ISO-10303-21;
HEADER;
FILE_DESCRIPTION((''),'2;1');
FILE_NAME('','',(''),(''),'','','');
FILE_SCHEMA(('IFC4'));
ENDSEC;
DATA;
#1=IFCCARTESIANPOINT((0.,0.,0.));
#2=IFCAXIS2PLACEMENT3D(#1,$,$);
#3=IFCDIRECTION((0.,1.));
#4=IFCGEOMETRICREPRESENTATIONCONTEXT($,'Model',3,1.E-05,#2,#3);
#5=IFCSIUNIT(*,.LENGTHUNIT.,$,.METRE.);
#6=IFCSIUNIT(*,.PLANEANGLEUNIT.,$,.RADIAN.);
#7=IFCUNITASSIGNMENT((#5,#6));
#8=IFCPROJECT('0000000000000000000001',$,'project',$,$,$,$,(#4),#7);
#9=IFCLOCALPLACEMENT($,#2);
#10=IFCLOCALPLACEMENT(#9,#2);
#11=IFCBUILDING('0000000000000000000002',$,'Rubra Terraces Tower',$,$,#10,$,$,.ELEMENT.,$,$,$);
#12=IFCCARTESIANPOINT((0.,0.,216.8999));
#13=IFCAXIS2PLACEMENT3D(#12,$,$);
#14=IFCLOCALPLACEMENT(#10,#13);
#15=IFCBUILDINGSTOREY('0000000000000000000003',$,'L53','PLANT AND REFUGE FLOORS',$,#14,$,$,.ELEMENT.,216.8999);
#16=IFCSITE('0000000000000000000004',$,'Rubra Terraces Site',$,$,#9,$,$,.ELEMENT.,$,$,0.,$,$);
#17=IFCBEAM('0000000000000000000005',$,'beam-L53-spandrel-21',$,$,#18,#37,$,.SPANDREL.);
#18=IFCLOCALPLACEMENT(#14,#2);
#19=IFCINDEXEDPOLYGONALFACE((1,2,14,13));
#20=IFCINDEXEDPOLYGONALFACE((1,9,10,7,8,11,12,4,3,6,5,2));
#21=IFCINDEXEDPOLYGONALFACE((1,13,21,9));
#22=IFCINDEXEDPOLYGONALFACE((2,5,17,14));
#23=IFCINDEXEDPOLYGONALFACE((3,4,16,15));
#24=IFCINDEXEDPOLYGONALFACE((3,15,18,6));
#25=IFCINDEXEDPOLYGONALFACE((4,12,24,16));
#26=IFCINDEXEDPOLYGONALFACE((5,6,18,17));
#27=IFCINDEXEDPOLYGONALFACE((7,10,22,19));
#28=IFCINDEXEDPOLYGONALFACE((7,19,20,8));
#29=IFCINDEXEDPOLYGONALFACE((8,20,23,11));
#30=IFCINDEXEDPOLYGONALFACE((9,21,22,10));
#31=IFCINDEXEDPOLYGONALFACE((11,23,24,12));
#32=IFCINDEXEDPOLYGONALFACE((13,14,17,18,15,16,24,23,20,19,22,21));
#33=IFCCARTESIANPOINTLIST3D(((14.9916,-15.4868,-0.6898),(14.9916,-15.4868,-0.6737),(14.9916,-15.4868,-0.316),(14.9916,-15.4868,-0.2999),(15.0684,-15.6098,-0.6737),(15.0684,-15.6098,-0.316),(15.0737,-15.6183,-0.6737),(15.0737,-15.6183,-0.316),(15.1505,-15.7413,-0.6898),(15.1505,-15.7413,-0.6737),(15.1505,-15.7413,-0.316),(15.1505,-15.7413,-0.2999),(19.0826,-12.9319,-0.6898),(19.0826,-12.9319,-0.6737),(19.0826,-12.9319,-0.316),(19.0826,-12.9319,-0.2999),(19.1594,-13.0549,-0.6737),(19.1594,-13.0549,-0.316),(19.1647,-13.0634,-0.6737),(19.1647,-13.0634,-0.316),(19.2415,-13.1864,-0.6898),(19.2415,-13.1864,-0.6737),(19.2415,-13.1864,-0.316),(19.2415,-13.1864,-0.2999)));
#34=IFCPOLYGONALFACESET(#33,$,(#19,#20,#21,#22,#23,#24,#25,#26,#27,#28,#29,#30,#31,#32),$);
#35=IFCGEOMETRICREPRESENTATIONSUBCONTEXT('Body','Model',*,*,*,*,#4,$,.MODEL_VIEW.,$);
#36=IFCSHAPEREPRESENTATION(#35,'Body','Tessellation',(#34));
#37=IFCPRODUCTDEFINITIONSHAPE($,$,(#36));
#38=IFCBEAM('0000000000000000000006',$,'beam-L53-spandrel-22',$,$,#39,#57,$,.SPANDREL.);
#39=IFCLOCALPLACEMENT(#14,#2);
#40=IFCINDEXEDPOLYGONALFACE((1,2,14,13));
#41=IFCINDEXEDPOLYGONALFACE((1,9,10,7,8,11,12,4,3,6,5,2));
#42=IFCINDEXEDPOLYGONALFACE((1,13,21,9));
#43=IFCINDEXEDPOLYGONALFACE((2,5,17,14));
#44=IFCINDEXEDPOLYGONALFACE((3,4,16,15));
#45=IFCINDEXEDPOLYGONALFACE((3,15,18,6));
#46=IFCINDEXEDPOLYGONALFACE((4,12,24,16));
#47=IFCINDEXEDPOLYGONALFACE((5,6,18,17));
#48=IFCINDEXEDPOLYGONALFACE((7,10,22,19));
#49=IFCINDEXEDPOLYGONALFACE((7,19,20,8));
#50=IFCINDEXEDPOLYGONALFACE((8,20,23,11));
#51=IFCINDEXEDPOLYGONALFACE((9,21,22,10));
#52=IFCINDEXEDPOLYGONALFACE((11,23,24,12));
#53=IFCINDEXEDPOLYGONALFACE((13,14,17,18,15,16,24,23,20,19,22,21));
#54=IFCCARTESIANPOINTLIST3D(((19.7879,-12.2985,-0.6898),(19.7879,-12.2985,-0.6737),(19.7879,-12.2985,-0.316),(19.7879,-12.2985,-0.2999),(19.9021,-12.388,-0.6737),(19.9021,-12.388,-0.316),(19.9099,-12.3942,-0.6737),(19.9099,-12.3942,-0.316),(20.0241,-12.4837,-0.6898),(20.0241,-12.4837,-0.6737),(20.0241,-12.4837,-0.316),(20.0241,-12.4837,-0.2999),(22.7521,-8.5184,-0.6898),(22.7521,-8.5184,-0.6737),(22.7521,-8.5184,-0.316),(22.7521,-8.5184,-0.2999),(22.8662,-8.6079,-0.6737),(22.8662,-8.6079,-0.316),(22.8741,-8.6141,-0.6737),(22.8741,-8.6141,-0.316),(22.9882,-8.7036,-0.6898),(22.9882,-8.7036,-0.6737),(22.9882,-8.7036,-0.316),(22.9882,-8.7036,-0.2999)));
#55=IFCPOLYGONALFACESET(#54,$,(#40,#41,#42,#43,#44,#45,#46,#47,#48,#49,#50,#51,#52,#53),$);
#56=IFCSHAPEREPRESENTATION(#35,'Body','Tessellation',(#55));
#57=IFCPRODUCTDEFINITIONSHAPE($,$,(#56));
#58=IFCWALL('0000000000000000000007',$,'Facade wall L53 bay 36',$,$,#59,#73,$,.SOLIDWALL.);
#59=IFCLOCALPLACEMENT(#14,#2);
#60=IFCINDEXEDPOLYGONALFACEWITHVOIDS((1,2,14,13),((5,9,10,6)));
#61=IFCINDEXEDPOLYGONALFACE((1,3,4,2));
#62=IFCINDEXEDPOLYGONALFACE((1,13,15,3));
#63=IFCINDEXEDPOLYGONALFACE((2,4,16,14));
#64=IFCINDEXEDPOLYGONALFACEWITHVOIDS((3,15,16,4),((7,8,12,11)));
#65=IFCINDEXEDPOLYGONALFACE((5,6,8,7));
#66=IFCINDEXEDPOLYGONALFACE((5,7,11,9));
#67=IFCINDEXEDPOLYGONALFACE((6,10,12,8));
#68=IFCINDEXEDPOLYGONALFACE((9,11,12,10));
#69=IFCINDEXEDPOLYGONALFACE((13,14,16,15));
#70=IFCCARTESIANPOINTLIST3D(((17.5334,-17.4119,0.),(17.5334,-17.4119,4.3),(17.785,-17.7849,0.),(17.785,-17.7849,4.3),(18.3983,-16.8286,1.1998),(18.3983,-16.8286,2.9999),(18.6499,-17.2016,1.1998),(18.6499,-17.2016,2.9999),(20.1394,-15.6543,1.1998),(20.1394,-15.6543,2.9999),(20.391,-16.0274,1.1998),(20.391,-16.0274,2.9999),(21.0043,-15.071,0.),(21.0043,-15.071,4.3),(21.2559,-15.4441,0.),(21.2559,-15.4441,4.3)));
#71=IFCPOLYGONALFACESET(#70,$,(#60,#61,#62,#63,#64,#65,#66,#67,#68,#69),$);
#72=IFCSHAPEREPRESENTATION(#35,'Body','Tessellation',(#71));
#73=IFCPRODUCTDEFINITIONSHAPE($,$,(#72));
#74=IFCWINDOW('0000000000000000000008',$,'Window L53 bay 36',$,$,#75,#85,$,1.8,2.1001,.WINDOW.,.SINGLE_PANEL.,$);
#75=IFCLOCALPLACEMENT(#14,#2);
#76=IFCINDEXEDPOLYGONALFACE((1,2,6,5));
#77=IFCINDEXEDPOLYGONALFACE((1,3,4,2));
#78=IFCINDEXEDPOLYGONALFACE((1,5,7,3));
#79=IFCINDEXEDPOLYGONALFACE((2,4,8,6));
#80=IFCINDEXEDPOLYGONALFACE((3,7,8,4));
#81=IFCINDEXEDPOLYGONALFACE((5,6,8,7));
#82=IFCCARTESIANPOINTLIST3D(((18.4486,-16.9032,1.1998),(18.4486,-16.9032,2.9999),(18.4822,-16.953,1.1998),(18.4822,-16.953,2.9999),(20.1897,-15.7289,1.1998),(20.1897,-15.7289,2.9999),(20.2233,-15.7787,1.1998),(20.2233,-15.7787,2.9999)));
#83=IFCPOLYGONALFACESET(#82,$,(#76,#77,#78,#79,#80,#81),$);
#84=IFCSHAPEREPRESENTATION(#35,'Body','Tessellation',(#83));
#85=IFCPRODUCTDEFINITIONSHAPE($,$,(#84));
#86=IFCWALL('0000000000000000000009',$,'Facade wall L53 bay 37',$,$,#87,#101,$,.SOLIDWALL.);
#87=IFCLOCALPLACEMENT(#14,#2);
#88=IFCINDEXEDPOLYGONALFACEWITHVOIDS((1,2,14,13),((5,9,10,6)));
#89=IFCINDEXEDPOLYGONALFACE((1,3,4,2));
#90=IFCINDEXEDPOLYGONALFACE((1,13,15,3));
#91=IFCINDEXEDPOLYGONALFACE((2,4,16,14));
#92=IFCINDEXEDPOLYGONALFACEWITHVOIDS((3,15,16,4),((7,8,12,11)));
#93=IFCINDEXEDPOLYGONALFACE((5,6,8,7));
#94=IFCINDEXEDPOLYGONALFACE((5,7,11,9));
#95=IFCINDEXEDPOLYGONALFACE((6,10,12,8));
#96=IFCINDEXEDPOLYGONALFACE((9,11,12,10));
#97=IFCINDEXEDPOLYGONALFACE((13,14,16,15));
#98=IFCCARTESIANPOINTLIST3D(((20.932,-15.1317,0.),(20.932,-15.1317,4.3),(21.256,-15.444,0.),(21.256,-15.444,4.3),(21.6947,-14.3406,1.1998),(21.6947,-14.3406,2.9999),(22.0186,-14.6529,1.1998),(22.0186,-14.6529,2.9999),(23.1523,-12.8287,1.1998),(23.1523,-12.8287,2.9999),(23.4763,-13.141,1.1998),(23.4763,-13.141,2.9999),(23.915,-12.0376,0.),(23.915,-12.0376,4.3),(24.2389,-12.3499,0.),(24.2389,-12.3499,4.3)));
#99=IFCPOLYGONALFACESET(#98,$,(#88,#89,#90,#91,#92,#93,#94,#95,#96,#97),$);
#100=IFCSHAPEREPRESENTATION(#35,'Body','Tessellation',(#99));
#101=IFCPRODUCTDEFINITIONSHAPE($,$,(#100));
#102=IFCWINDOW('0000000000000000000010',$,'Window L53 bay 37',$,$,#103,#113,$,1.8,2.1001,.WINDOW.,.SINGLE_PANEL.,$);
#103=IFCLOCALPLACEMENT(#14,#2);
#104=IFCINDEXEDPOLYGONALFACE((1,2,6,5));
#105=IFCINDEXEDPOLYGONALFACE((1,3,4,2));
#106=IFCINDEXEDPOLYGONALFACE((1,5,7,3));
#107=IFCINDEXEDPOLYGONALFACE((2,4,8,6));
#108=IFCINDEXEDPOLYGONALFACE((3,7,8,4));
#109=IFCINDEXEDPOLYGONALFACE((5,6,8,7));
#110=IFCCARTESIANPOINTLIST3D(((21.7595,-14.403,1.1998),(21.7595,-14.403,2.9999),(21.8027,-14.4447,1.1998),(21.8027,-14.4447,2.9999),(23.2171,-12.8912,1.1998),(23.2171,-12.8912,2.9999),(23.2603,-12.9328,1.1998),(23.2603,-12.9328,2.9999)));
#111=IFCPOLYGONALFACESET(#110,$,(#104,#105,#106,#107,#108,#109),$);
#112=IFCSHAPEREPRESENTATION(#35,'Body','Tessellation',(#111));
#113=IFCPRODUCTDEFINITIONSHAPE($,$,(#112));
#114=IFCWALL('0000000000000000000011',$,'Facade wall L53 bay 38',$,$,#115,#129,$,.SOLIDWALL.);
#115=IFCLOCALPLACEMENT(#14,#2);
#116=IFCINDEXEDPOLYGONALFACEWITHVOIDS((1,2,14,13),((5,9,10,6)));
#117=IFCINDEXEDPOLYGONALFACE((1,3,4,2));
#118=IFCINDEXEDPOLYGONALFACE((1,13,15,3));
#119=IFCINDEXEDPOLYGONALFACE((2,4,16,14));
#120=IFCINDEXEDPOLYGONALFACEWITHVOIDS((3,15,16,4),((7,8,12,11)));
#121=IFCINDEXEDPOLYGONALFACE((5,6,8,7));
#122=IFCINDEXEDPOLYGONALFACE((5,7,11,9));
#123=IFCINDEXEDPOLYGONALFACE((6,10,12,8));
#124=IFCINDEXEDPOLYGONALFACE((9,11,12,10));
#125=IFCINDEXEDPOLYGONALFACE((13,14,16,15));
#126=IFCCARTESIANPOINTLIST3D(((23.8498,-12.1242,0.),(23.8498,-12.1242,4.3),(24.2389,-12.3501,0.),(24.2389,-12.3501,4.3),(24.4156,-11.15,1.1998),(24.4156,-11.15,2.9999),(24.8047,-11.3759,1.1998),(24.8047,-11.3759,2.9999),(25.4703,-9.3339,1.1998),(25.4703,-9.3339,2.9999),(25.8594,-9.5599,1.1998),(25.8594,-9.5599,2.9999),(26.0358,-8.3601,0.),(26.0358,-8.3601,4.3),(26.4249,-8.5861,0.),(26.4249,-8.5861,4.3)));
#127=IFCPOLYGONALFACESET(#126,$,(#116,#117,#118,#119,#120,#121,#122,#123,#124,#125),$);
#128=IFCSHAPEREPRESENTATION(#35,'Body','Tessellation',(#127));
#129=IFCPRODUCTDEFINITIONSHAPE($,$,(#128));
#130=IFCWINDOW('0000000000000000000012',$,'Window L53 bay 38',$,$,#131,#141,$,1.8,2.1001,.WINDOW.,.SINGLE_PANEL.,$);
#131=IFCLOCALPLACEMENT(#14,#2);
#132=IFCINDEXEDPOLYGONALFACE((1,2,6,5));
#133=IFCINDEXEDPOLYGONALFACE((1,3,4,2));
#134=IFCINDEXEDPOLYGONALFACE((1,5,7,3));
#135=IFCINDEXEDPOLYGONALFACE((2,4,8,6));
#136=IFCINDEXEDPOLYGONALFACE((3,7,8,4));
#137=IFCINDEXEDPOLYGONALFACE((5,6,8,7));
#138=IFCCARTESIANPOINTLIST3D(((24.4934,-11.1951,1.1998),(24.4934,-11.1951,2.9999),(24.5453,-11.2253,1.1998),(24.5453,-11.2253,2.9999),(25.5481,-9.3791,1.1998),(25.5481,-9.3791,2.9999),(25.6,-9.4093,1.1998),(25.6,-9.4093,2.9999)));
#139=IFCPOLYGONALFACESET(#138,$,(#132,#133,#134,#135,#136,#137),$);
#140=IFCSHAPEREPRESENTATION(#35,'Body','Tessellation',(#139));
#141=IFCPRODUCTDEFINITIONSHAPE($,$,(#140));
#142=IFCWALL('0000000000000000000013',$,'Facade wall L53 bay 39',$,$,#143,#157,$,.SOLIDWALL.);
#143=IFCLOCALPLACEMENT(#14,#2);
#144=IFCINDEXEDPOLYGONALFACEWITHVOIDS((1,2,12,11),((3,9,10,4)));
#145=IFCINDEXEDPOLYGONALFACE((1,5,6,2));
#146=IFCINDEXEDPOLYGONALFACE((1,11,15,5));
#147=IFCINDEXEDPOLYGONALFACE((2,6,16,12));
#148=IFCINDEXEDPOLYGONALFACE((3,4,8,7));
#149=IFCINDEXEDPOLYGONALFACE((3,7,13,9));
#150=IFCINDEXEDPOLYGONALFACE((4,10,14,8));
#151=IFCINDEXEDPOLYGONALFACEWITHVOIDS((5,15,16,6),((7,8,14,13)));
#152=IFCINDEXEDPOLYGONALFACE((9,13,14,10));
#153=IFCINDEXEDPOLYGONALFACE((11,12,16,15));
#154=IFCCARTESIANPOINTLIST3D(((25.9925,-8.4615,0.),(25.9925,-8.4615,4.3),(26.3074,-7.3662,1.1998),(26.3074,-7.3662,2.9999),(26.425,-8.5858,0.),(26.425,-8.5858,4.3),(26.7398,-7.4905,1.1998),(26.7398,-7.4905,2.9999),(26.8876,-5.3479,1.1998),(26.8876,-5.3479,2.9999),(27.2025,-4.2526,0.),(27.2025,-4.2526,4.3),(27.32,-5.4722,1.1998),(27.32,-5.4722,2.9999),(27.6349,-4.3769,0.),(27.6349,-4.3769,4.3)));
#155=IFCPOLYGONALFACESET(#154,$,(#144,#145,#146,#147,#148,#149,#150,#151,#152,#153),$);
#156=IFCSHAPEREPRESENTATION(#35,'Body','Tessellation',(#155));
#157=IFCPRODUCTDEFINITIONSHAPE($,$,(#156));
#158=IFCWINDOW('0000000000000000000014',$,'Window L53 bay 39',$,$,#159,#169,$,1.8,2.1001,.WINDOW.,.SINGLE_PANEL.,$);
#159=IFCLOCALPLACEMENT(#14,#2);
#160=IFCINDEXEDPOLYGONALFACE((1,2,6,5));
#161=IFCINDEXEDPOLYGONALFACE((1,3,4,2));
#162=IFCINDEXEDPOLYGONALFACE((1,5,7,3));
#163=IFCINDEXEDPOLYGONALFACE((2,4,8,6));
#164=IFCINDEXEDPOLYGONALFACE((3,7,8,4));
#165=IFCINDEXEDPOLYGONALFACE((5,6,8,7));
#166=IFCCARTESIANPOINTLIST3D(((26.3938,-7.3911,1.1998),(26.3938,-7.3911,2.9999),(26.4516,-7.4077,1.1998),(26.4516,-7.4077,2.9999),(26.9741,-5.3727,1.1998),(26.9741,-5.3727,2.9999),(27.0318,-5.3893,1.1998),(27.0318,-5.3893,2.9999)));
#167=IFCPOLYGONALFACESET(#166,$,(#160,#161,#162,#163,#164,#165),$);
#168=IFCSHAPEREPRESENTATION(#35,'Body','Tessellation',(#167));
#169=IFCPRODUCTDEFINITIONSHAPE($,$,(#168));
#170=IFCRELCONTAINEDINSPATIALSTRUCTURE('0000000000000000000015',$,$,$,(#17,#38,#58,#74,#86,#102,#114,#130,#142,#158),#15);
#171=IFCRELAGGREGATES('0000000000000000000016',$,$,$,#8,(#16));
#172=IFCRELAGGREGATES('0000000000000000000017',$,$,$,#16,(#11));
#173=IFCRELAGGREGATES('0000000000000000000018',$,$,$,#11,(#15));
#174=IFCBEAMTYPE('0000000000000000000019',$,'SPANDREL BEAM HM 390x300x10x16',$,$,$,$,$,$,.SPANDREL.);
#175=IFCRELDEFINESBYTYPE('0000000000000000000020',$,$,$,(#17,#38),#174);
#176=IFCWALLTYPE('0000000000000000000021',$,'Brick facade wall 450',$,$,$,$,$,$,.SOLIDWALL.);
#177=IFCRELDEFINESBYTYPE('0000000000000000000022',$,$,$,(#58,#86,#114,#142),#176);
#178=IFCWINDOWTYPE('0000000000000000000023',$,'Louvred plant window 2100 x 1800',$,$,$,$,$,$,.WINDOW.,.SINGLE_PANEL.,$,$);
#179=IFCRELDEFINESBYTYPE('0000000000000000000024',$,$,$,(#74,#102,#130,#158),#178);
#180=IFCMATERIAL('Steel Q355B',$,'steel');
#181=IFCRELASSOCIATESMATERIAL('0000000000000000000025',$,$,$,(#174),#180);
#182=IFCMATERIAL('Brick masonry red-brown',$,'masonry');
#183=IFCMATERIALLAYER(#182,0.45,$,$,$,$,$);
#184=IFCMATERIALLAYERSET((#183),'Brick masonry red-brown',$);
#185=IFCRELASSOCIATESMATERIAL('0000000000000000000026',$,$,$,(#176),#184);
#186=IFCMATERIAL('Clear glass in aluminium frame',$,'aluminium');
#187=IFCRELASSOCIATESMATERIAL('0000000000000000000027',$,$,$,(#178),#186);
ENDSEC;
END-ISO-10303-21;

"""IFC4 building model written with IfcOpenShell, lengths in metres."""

from ifc_helpers import new_model, si_unit, direction, frame, frame_2d, origin, origin_2d, place, context, subcontext, project, spatial, rectangle, i_section, extrude, material, layer, layer_set, material_profile, profile_set, type_object, element, fill, save


model = new_model("IFC4")

# Units and contexts
model_context = context("Model", 3, precision=1e-05, world=origin(), true_north=direction((0.0, 1.0)))
body_context = subcontext(model_context, "Body", "Model", "MODEL_VIEW")
ifc_project = project(units=[si_unit("LENGTHUNIT", "METRE"), si_unit("PLANEANGLEUNIT", "RADIAN")], contexts=[model_context])

# Site, building, storey
site_placement = place(None, origin())
site = spatial("IfcSite", under=ifc_project, at=site_placement, Name="Rubra Terraces Site", CompositionType="ELEMENT", RefElevation=0.0)
building_placement = place(site_placement, origin())
building = spatial("IfcBuilding", under=site, at=building_placement, Name="Rubra Terraces Tower", CompositionType="ELEMENT")
storey_placement = place(building_placement, frame((0.0, 0.0, 216.8999)))
storey = spatial("IfcBuildingStorey", under=building, at=storey_placement, Name="L53", Description="PLANT AND REFUGE FLOORS", CompositionType="ELEMENT", Elevation=216.8999)

# Shared definitions
ifc_material_1 = material(Name="Steel Q355B", Category="steel")

# Beams
ifc_material_profile_1 = material_profile(ifc_material_1, i_section(OverallWidth=0.3, OverallDepth=0.3899, WebThickness=0.01, FlangeThickness=0.0161, at=origin_2d()), Name="HM 390x300x10x16")
ifc_profile_set_1 = profile_set([ifc_material_profile_1], Name="Steel Q355B")
beam_type_1 = type_object("IfcBeamType", Name="SPANDREL BEAM HM 390x300x10x16", PredefinedType="SPANDREL", material=ifc_profile_set_1)
beam_1_placement = place(storey_placement, frame((15.071, -15.614, -0.4949), z_axis=(0.848183, 0.529703, 0.0), x_axis=(-0.529703, 0.848183, 0.0)))
element("IfcBeam", 1, at=beam_1_placement, inside=storey, type_object=beam_type_1, Name="beam-L53-spandrel-21", PredefinedType="SPANDREL", context=body_context, shape_type="SweptSolid", body=[
    extrude(i_section(OverallWidth=0.3, OverallDepth=0.3899, WebThickness=0.01, FlangeThickness=0.0161, at=origin_2d()), origin(), (0.0, 0.0, 1.0), 4.8232),
])
beam_2_placement = place(storey_placement, frame((19.906, -12.3911, -0.4949), z_axis=(0.61706, 0.786916, 0.0), x_axis=(-0.786916, 0.61706, 0.0)))
element("IfcBeam", 2, at=beam_2_placement, inside=storey, type_object=beam_type_1, Name="beam-L53-spandrel-22", PredefinedType="SPANDREL", context=body_context, shape_type="SweptSolid", body=[
    extrude(i_section(OverallWidth=0.3, OverallDepth=0.3899, WebThickness=0.01, FlangeThickness=0.0161, at=origin_2d()), origin(), (0.0, 0.0, 1.0), 4.8037),
])

# Walls, openings, windows
ifc_material_2 = material(Name="Brick masonry red-brown", Category="masonry")
ifc_layer_1 = layer(ifc_material_2, 0.45)
ifc_layer_set_1 = layer_set([ifc_layer_1], Name="Brick masonry red-brown")
wall_type_1 = type_object("IfcWallType", Name="Brick facade wall 450", PredefinedType="SOLIDWALL", material=ifc_layer_set_1)
wall_1_placement = place(storey_placement, frame((17.6592, -17.5984, 0.0), z_axis=(0.0, 0.0, 1.0), x_axis=(0.829078, 0.559133, 0.0)))
wall_1 = element("IfcWall", 3, at=wall_1_placement, inside=storey, type_object=wall_type_1, Name="Facade wall L53 bay 36", PredefinedType="SOLIDWALL", context=body_context, shape_type="SweptSolid", body=[
    extrude(rectangle(XDim=4.1865, YDim=0.45, at=frame_2d((2.0933, 0.0))), origin(), (0.0, 0.0, 1.0), 4.3),
])
opening_1_placement = place(wall_1_placement, frame((1.0432, 0.0, 1.2)))
opening_1 = element("IfcOpeningElement", 4, at=opening_1_placement, cuts=wall_1, PredefinedType="OPENING", context=body_context, shape_type="SweptSolid", body=[
    extrude(rectangle(XDim=2.1001, YDim=1.8, at=frame_2d((1.05, 0.8999))), frame((0.0, 0.2349, 0.0), z_axis=(0.0, -1.0, 0.0), x_axis=(1.0, 0.0, 0.0)), (0.0, 0.0, 1.0), 0.47),
])
ifc_material_3 = material(Name="Clear glass in aluminium frame", Category="aluminium")
window_type = type_object("IfcWindowType", Name="Louvred plant window 2100 x 1800", PartitioningType="SINGLE_PANEL", PredefinedType="WINDOW", material=ifc_material_3)
window_1_placement = place(opening_1_placement, origin())
window_1 = element("IfcWindow", 5, at=window_1_placement, inside=storey, type_object=window_type, Name="Window L53 bay 36", OverallHeight=1.8, OverallWidth=2.1001, PartitioningType="SINGLE_PANEL", PredefinedType="WINDOW", context=body_context, shape_type="SweptSolid", body=[
    extrude(rectangle(XDim=2.1001, YDim=1.8, at=frame_2d((1.05, 0.8999))), frame((0.0, 0.135, 0.0), z_axis=(0.0, -1.0, 0.0), x_axis=(1.0, 0.0, 0.0)), (0.0, 0.0, 1.0), 0.0601),
])
fill(opening_1, window_1)
wall_2_placement = place(storey_placement, frame((21.094, -15.2878, 0.0), z_axis=(0.0, 0.0, 1.0), x_axis=(0.694065, 0.719912, 0.0)))
wall_2 = element("IfcWall", 6, at=wall_2_placement, inside=storey, type_object=wall_type_1, Name="Facade wall L53 bay 37", PredefinedType="SOLIDWALL", context=body_context, shape_type="SweptSolid", body=[
    extrude(rectangle(XDim=4.2979, YDim=0.45, at=frame_2d((2.1489, 0.0))), origin(), (0.0, 0.0, 1.0), 4.3),
])
opening_2_placement = place(wall_2_placement, frame((1.0989, 0.0, 1.2)))
opening_2 = element("IfcOpeningElement", 7, at=opening_2_placement, cuts=wall_2, PredefinedType="OPENING", context=body_context, shape_type="SweptSolid", body=[
    extrude(rectangle(XDim=2.1001, YDim=1.8, at=frame_2d((1.05, 0.8999))), frame((0.0, 0.2349, 0.0), z_axis=(0.0, -1.0, 0.0), x_axis=(1.0, 0.0, 0.0)), (0.0, 0.0, 1.0), 0.47),
])
window_2_placement = place(opening_2_placement, origin())
window_2 = element("IfcWindow", 8, at=window_2_placement, inside=storey, type_object=window_type, Name="Window L53 bay 37", OverallHeight=1.8, OverallWidth=2.1001, PartitioningType="SINGLE_PANEL", PredefinedType="WINDOW", context=body_context, shape_type="SweptSolid", body=[
    extrude(rectangle(XDim=2.1001, YDim=1.8, at=frame_2d((1.05, 0.8999))), frame((0.0, 0.135, 0.0), z_axis=(0.0, -1.0, 0.0), x_axis=(1.0, 0.0, 0.0)), (0.0, 0.0, 1.0), 0.0601),
])
fill(opening_2, window_2)
wall_3_placement = place(storey_placement, frame((24.0444, -12.2371, 0.0), z_axis=(0.0, 0.0, 1.0), x_axis=(0.502203, 0.86475, 0.0)))
wall_3 = element("IfcWall", 9, at=wall_3_placement, inside=storey, type_object=wall_type_1, Name="Facade wall L53 bay 38", PredefinedType="SOLIDWALL", context=body_context, shape_type="SweptSolid", body=[
    extrude(rectangle(XDim=4.3528, YDim=0.45, at=frame_2d((2.1763, 0.0))), origin(), (0.0, 0.0, 1.0), 4.3),
])
opening_3_placement = place(wall_3_placement, frame((1.1265, 0.0, 1.2)))
opening_3 = element("IfcOpeningElement", 10, at=opening_3_placement, cuts=wall_3, PredefinedType="OPENING", context=body_context, shape_type="SweptSolid", body=[
    extrude(rectangle(XDim=2.1001, YDim=1.8, at=frame_2d((1.05, 0.8999))), frame((0.0, 0.2349, 0.0), z_axis=(0.0, -1.0, 0.0), x_axis=(1.0, 0.0, 0.0)), (0.0, 0.0, 1.0), 0.47),
])
window_3_placement = place(opening_3_placement, origin())
window_3 = element("IfcWindow", 11, at=window_3_placement, inside=storey, type_object=window_type, Name="Window L53 bay 38", OverallHeight=1.8, OverallWidth=2.1001, PartitioningType="SINGLE_PANEL", PredefinedType="WINDOW", context=body_context, shape_type="SweptSolid", body=[
    extrude(rectangle(XDim=2.1001, YDim=1.8, at=frame_2d((1.05, 0.8999))), frame((0.0, 0.135, 0.0), z_axis=(0.0, -1.0, 0.0), x_axis=(1.0, 0.0, 0.0)), (0.0, 0.0, 1.0), 0.0601),
])
fill(opening_3, window_3)
wall_4_placement = place(storey_placement, frame((26.2087, -8.5237, 0.0), z_axis=(0.0, 0.0, 1.0), x_axis=(0.276282, 0.961077, 0.0)))
wall_4 = element("IfcWall", 12, at=wall_4_placement, inside=storey, type_object=wall_type_1, Name="Facade wall L53 bay 39", PredefinedType="SOLIDWALL", context=body_context, shape_type="SweptSolid", body=[
    extrude(rectangle(XDim=4.3794, YDim=0.45, at=frame_2d((2.1897, 0.0))), origin(), (0.0, 0.0, 1.0), 4.3),
])
opening_4_placement = place(wall_4_placement, frame((1.1396, 0.0, 1.2)))
opening_4 = element("IfcOpeningElement", 13, at=opening_4_placement, cuts=wall_4, PredefinedType="OPENING", context=body_context, shape_type="SweptSolid", body=[
    extrude(rectangle(XDim=2.1001, YDim=1.8, at=frame_2d((1.05, 0.8999))), frame((0.0, 0.2349, 0.0), z_axis=(0.0, -1.0, 0.0), x_axis=(1.0, 0.0, 0.0)), (0.0, 0.0, 1.0), 0.47),
])
window_4_placement = place(opening_4_placement, origin())
window_4 = element("IfcWindow", 14, at=window_4_placement, inside=storey, type_object=window_type, Name="Window L53 bay 39", OverallHeight=1.8, OverallWidth=2.1001, PartitioningType="SINGLE_PANEL", PredefinedType="WINDOW", context=body_context, shape_type="SweptSolid", body=[
    extrude(rectangle(XDim=2.1001, YDim=1.8, at=frame_2d((1.05, 0.8999))), frame((0.0, 0.135, 0.0), z_axis=(0.0, -1.0, 0.0), x_axis=(1.0, 0.0, 0.0)), (0.0, 0.0, 1.0), 0.0601),
])
fill(opening_4, window_4)

save(model, "model.ifc")
